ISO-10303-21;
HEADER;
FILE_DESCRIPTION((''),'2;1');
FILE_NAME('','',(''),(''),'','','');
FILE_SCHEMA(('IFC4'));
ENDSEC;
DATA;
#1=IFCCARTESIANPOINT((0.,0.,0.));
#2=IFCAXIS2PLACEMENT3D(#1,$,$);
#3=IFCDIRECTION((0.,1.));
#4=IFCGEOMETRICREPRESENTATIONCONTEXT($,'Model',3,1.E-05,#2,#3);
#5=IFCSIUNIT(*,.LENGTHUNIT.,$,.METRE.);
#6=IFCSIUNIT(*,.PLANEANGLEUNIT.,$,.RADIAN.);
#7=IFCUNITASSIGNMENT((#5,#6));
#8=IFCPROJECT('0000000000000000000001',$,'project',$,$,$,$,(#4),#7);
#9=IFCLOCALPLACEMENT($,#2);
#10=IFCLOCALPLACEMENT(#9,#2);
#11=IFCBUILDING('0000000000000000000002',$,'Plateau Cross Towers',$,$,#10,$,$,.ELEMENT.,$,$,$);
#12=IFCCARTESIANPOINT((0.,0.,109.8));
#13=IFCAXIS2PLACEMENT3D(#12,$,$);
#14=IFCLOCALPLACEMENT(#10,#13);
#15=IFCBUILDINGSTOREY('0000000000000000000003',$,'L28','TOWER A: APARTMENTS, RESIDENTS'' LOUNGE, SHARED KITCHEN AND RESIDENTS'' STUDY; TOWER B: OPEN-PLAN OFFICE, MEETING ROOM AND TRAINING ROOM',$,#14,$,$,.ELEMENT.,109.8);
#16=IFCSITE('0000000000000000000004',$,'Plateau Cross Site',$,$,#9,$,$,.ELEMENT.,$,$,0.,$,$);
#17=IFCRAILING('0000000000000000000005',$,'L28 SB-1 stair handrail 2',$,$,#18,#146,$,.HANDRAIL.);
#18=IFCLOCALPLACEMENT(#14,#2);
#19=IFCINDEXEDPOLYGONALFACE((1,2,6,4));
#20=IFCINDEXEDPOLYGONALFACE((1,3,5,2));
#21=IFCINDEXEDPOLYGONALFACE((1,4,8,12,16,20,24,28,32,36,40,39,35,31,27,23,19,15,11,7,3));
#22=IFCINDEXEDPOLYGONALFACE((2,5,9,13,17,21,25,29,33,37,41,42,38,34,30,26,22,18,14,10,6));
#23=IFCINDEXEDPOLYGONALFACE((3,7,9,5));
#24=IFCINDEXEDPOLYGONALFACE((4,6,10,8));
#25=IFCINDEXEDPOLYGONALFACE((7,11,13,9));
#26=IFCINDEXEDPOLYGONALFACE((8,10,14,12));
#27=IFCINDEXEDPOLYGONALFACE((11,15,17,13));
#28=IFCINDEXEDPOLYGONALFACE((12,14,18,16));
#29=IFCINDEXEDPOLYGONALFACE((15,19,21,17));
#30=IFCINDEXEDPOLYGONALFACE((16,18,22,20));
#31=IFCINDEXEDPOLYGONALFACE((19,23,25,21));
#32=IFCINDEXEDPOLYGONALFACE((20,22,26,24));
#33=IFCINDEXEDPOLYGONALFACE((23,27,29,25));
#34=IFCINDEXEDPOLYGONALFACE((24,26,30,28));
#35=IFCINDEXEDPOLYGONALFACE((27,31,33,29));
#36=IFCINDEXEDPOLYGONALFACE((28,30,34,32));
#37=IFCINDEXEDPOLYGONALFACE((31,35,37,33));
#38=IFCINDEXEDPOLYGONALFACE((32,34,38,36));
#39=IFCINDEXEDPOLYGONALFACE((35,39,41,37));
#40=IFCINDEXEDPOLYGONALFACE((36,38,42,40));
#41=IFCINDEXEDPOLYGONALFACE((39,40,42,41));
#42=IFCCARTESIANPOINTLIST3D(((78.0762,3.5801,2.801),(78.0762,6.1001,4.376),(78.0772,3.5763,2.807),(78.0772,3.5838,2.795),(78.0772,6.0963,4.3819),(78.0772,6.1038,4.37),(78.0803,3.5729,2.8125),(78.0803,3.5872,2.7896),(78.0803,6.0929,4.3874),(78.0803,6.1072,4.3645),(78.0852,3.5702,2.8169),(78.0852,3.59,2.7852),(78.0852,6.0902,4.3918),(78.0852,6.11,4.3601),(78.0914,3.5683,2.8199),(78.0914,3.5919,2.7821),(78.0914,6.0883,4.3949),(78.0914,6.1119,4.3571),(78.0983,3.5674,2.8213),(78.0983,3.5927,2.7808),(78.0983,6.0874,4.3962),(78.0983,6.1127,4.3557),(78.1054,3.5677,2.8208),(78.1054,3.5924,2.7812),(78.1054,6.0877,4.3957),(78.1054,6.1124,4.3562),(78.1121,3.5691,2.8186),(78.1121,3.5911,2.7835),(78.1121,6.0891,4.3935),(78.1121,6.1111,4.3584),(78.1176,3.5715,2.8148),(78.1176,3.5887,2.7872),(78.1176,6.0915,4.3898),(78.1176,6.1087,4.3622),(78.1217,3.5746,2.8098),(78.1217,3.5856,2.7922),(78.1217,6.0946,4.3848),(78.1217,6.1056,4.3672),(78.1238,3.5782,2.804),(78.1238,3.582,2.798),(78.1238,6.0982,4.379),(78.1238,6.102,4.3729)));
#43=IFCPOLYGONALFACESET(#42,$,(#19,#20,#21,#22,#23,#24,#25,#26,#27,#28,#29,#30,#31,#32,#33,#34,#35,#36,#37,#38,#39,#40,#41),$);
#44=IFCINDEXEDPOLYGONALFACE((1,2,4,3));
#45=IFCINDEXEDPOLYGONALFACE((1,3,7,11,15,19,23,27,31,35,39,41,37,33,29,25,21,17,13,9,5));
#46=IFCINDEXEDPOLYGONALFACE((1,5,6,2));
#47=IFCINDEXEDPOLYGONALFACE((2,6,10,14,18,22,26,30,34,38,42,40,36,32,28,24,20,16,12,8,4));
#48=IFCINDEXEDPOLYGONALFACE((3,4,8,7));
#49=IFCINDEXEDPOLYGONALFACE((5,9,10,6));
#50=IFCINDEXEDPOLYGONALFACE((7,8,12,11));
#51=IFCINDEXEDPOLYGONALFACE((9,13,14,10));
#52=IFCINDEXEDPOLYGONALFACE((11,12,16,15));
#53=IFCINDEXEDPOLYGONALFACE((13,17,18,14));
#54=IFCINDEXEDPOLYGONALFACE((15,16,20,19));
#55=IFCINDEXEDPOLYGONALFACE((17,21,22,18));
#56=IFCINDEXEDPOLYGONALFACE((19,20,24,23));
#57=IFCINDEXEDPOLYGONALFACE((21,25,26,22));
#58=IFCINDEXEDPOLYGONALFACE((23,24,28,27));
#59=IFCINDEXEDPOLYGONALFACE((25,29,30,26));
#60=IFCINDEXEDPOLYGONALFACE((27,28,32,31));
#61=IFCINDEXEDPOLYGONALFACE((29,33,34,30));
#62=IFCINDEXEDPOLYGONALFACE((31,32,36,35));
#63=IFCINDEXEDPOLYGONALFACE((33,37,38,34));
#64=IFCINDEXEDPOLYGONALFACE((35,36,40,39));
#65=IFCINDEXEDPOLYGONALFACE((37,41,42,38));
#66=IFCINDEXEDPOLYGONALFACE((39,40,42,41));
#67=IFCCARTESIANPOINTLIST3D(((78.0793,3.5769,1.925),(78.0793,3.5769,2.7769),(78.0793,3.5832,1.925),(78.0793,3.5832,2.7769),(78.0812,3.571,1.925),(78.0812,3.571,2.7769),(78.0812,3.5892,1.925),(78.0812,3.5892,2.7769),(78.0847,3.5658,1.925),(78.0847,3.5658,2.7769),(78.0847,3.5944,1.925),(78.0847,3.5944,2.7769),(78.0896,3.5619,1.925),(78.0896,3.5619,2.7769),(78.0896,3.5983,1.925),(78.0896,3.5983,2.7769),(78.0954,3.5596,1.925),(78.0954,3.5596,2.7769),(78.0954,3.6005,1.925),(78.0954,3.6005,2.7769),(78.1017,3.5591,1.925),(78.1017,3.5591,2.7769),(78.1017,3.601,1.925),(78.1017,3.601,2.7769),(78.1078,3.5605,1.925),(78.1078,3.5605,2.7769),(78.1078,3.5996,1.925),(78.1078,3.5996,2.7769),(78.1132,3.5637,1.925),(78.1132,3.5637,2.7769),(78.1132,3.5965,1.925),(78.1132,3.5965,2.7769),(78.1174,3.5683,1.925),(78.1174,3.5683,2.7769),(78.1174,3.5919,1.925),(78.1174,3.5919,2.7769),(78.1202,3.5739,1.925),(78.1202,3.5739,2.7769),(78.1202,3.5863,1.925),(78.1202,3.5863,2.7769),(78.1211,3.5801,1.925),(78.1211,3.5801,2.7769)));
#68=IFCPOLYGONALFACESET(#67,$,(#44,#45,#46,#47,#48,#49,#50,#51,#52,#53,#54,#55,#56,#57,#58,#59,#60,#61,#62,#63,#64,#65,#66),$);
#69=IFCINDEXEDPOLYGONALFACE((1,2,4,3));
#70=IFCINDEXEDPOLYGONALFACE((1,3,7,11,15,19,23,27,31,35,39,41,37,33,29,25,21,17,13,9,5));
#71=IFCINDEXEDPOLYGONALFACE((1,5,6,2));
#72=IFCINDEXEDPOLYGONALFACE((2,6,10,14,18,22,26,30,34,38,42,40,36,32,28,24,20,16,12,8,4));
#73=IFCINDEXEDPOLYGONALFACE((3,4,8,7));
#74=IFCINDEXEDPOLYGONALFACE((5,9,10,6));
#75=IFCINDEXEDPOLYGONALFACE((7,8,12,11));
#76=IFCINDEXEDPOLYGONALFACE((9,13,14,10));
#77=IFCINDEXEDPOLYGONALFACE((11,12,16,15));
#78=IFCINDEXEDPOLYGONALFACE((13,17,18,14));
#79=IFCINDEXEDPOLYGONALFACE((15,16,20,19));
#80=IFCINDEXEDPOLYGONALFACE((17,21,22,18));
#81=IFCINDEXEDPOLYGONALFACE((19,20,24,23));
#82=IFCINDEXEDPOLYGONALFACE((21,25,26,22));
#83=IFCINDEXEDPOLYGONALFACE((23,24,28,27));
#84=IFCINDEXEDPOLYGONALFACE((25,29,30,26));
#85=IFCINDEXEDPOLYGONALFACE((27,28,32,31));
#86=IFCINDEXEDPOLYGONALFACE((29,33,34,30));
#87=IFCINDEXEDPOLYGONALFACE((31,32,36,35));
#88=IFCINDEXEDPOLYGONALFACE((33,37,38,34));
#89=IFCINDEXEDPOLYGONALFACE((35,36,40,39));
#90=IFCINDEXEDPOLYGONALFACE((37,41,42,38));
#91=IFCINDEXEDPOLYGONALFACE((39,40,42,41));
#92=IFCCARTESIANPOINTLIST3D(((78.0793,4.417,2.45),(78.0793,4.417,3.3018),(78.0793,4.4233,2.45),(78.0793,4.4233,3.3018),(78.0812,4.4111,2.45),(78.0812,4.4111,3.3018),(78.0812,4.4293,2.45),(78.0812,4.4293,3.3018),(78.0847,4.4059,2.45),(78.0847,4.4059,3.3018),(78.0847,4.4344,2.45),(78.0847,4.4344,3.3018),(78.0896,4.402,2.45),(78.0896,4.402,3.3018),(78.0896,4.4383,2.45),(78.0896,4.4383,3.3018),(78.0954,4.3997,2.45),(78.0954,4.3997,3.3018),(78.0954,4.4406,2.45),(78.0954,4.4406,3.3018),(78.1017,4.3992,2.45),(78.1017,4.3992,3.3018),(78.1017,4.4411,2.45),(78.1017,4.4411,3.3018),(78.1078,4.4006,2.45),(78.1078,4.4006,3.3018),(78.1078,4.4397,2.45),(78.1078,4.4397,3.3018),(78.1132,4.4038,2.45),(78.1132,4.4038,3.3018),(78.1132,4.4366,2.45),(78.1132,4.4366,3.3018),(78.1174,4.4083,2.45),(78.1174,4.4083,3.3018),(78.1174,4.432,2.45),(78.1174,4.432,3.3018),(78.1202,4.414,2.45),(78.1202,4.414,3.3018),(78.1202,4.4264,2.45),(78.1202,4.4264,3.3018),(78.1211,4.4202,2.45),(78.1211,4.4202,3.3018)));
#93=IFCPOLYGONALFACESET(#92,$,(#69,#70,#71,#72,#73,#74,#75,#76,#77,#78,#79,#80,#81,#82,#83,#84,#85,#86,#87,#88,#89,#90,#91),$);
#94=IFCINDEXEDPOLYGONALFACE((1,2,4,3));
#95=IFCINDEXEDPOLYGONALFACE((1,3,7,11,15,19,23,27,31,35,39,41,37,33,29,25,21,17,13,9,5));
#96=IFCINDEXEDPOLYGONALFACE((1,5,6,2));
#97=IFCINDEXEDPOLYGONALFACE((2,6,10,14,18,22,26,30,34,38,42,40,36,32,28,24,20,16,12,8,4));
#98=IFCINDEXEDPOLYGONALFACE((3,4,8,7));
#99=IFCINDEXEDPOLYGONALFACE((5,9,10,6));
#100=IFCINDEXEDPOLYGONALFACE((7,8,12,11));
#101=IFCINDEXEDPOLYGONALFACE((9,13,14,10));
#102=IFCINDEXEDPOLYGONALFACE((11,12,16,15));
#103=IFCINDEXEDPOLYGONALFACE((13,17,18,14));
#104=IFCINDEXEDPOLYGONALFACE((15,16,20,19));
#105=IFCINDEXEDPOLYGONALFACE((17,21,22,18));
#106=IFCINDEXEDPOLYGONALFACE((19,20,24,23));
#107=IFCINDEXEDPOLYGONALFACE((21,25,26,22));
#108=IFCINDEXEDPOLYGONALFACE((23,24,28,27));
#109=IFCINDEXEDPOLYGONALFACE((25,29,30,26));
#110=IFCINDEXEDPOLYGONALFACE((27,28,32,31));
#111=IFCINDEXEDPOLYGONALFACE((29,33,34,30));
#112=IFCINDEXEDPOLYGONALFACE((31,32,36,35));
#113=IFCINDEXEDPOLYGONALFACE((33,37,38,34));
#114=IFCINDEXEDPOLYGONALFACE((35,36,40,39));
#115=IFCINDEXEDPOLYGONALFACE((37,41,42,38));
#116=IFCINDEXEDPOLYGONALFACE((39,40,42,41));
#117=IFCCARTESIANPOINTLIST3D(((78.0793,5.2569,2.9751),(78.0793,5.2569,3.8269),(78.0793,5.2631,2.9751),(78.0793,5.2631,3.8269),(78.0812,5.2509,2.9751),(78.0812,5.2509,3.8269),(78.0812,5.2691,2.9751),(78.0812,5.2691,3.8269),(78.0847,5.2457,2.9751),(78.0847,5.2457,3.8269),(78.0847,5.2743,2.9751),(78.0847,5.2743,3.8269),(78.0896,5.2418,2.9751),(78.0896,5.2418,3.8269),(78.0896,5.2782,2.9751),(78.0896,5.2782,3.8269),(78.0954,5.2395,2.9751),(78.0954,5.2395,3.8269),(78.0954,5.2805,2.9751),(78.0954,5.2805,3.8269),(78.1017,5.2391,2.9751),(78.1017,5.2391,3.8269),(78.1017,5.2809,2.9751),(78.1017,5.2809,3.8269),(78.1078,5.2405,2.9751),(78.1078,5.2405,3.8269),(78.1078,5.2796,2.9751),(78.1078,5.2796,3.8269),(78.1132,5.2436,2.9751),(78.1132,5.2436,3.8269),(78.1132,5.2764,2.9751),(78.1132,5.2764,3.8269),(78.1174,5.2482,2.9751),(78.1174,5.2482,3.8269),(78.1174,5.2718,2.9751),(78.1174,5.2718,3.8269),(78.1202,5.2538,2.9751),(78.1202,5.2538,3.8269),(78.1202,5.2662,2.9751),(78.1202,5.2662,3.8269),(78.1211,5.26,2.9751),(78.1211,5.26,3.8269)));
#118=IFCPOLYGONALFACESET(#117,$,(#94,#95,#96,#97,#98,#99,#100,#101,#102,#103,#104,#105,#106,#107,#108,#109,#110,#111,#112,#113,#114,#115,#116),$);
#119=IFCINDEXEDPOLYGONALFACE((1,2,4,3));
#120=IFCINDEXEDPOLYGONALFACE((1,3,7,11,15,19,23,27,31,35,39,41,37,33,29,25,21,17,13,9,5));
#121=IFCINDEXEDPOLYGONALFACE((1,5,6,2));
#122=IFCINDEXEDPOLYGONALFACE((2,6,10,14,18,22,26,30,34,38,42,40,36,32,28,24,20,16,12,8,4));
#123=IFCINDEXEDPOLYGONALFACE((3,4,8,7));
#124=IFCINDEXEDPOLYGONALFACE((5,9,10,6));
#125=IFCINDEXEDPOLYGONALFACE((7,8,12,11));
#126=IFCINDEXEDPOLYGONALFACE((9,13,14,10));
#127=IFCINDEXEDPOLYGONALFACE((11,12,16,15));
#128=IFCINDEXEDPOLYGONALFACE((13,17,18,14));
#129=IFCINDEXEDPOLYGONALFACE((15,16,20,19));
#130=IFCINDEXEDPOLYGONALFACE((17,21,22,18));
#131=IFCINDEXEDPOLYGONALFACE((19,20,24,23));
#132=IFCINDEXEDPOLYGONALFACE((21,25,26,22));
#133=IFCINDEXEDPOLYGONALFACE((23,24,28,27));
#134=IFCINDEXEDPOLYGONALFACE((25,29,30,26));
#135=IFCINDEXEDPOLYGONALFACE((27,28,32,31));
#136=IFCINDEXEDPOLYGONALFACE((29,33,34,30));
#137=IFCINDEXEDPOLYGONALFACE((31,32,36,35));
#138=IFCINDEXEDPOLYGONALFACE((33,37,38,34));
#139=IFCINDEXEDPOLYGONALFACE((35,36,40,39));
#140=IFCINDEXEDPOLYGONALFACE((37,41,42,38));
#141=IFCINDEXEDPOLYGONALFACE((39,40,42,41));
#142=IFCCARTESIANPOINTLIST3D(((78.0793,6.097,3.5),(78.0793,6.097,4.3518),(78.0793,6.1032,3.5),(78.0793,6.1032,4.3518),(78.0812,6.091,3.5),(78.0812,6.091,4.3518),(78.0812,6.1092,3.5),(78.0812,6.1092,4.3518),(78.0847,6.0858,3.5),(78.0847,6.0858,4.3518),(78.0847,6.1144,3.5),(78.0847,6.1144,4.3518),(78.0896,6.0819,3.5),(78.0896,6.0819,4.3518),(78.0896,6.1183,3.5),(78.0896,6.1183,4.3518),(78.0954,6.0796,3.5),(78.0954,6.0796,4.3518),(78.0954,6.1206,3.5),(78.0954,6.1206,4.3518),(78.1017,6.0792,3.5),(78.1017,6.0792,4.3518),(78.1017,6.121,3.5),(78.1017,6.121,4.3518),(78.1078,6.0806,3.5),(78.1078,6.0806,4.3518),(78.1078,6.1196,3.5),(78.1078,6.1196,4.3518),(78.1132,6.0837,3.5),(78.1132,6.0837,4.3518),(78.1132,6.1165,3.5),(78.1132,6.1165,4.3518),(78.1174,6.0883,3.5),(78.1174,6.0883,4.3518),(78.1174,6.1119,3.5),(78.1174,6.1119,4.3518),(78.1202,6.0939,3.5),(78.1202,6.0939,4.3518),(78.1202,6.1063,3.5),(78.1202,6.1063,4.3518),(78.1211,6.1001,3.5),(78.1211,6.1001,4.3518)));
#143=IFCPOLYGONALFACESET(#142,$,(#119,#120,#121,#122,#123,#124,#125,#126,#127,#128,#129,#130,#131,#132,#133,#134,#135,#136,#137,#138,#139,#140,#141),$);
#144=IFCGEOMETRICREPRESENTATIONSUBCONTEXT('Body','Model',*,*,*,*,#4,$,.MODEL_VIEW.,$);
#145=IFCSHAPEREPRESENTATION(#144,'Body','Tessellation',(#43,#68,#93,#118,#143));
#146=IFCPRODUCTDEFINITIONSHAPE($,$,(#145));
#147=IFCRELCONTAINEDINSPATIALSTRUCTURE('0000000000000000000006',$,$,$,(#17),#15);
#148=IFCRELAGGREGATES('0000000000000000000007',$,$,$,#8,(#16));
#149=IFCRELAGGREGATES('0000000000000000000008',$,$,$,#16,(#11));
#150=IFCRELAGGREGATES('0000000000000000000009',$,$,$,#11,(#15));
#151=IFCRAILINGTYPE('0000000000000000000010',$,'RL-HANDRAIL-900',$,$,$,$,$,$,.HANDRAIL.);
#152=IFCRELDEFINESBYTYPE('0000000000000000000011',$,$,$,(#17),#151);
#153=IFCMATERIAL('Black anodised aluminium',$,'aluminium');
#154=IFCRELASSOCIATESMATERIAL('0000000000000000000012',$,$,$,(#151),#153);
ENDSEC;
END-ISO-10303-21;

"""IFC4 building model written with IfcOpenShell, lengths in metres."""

from ifc_helpers import new_model, si_unit, direction, frame, origin, origin_2d, place, context, subcontext, project, spatial, circle, extrude, material, type_object, element, save


model = new_model("IFC4")

# Units and contexts
model_context = context("Model", 3, precision=1e-05, world=origin(), true_north=direction((0.0, 1.0)))
body_context = subcontext(model_context, "Body", "Model", "MODEL_VIEW")
ifc_project = project(units=[si_unit("LENGTHUNIT", "METRE"), si_unit("PLANEANGLEUNIT", "RADIAN")], contexts=[model_context])

# Site, building, storey
site_placement = place(None, origin())
site = spatial("IfcSite", under=ifc_project, at=site_placement, Name="Plateau Cross Site", CompositionType="ELEMENT", RefElevation=0.0)
building_placement = place(site_placement, origin())
building = spatial("IfcBuilding", under=site, at=building_placement, Name="Plateau Cross Towers", CompositionType="ELEMENT")
storey_placement = place(building_placement, frame((0.0, 0.0, 109.8)))
storey = spatial("IfcBuildingStorey", under=building, at=storey_placement, Name="L28", Description="TOWER A: APARTMENTS, RESIDENTS' LOUNGE, SHARED KITCHEN AND RESIDENTS' STUDY; TOWER B: OPEN-PLAN OFFICE, MEETING ROOM AND TRAINING ROOM", CompositionType="ELEMENT", Elevation=109.8)

# Shared definitions
ifc_material_1 = material(Name="Black anodised aluminium", Category="aluminium")

# Railing
railing_type_1 = type_object("IfcRailingType", Name="RL-HANDRAIL-900", PredefinedType="HANDRAIL", material=ifc_material_1)
railing_1_placement = place(storey_placement, frame((78.1001, 3.5801, 1.925)))
element("IfcRailing", 1, at=railing_1_placement, inside=storey, type_object=railing_type_1, Name="L28 SB-1 stair handrail 2", PredefinedType="HANDRAIL", context=body_context, shape_type="SweptSolid", body=[
    extrude(circle(Radius=0.0239, at=origin_2d()), frame((0.0, 0.0, 0.876), z_axis=(0.0, 0.848008, 0.529984), x_axis=(-1.0, 0.0, 0.0)), (0.0, 0.0, 1.0), 2.9717),
    extrude(circle(Radius=0.021, at=origin_2d()), origin(), (0.0, 0.0, 1.0), 0.8518),
    extrude(circle(Radius=0.021, at=origin_2d()), frame((0.0, 0.8401, 0.5249)), (0.0, 0.0, 1.0), 0.8518),
    extrude(circle(Radius=0.021, at=origin_2d()), frame((0.0, 1.6799, 1.05)), (0.0, 0.0, 1.0), 0.8518),
    extrude(circle(Radius=0.021, at=origin_2d()), frame((0.0, 2.52, 1.575)), (0.0, 0.0, 1.0), 0.8518),
])

save(model, "model.ifc")
